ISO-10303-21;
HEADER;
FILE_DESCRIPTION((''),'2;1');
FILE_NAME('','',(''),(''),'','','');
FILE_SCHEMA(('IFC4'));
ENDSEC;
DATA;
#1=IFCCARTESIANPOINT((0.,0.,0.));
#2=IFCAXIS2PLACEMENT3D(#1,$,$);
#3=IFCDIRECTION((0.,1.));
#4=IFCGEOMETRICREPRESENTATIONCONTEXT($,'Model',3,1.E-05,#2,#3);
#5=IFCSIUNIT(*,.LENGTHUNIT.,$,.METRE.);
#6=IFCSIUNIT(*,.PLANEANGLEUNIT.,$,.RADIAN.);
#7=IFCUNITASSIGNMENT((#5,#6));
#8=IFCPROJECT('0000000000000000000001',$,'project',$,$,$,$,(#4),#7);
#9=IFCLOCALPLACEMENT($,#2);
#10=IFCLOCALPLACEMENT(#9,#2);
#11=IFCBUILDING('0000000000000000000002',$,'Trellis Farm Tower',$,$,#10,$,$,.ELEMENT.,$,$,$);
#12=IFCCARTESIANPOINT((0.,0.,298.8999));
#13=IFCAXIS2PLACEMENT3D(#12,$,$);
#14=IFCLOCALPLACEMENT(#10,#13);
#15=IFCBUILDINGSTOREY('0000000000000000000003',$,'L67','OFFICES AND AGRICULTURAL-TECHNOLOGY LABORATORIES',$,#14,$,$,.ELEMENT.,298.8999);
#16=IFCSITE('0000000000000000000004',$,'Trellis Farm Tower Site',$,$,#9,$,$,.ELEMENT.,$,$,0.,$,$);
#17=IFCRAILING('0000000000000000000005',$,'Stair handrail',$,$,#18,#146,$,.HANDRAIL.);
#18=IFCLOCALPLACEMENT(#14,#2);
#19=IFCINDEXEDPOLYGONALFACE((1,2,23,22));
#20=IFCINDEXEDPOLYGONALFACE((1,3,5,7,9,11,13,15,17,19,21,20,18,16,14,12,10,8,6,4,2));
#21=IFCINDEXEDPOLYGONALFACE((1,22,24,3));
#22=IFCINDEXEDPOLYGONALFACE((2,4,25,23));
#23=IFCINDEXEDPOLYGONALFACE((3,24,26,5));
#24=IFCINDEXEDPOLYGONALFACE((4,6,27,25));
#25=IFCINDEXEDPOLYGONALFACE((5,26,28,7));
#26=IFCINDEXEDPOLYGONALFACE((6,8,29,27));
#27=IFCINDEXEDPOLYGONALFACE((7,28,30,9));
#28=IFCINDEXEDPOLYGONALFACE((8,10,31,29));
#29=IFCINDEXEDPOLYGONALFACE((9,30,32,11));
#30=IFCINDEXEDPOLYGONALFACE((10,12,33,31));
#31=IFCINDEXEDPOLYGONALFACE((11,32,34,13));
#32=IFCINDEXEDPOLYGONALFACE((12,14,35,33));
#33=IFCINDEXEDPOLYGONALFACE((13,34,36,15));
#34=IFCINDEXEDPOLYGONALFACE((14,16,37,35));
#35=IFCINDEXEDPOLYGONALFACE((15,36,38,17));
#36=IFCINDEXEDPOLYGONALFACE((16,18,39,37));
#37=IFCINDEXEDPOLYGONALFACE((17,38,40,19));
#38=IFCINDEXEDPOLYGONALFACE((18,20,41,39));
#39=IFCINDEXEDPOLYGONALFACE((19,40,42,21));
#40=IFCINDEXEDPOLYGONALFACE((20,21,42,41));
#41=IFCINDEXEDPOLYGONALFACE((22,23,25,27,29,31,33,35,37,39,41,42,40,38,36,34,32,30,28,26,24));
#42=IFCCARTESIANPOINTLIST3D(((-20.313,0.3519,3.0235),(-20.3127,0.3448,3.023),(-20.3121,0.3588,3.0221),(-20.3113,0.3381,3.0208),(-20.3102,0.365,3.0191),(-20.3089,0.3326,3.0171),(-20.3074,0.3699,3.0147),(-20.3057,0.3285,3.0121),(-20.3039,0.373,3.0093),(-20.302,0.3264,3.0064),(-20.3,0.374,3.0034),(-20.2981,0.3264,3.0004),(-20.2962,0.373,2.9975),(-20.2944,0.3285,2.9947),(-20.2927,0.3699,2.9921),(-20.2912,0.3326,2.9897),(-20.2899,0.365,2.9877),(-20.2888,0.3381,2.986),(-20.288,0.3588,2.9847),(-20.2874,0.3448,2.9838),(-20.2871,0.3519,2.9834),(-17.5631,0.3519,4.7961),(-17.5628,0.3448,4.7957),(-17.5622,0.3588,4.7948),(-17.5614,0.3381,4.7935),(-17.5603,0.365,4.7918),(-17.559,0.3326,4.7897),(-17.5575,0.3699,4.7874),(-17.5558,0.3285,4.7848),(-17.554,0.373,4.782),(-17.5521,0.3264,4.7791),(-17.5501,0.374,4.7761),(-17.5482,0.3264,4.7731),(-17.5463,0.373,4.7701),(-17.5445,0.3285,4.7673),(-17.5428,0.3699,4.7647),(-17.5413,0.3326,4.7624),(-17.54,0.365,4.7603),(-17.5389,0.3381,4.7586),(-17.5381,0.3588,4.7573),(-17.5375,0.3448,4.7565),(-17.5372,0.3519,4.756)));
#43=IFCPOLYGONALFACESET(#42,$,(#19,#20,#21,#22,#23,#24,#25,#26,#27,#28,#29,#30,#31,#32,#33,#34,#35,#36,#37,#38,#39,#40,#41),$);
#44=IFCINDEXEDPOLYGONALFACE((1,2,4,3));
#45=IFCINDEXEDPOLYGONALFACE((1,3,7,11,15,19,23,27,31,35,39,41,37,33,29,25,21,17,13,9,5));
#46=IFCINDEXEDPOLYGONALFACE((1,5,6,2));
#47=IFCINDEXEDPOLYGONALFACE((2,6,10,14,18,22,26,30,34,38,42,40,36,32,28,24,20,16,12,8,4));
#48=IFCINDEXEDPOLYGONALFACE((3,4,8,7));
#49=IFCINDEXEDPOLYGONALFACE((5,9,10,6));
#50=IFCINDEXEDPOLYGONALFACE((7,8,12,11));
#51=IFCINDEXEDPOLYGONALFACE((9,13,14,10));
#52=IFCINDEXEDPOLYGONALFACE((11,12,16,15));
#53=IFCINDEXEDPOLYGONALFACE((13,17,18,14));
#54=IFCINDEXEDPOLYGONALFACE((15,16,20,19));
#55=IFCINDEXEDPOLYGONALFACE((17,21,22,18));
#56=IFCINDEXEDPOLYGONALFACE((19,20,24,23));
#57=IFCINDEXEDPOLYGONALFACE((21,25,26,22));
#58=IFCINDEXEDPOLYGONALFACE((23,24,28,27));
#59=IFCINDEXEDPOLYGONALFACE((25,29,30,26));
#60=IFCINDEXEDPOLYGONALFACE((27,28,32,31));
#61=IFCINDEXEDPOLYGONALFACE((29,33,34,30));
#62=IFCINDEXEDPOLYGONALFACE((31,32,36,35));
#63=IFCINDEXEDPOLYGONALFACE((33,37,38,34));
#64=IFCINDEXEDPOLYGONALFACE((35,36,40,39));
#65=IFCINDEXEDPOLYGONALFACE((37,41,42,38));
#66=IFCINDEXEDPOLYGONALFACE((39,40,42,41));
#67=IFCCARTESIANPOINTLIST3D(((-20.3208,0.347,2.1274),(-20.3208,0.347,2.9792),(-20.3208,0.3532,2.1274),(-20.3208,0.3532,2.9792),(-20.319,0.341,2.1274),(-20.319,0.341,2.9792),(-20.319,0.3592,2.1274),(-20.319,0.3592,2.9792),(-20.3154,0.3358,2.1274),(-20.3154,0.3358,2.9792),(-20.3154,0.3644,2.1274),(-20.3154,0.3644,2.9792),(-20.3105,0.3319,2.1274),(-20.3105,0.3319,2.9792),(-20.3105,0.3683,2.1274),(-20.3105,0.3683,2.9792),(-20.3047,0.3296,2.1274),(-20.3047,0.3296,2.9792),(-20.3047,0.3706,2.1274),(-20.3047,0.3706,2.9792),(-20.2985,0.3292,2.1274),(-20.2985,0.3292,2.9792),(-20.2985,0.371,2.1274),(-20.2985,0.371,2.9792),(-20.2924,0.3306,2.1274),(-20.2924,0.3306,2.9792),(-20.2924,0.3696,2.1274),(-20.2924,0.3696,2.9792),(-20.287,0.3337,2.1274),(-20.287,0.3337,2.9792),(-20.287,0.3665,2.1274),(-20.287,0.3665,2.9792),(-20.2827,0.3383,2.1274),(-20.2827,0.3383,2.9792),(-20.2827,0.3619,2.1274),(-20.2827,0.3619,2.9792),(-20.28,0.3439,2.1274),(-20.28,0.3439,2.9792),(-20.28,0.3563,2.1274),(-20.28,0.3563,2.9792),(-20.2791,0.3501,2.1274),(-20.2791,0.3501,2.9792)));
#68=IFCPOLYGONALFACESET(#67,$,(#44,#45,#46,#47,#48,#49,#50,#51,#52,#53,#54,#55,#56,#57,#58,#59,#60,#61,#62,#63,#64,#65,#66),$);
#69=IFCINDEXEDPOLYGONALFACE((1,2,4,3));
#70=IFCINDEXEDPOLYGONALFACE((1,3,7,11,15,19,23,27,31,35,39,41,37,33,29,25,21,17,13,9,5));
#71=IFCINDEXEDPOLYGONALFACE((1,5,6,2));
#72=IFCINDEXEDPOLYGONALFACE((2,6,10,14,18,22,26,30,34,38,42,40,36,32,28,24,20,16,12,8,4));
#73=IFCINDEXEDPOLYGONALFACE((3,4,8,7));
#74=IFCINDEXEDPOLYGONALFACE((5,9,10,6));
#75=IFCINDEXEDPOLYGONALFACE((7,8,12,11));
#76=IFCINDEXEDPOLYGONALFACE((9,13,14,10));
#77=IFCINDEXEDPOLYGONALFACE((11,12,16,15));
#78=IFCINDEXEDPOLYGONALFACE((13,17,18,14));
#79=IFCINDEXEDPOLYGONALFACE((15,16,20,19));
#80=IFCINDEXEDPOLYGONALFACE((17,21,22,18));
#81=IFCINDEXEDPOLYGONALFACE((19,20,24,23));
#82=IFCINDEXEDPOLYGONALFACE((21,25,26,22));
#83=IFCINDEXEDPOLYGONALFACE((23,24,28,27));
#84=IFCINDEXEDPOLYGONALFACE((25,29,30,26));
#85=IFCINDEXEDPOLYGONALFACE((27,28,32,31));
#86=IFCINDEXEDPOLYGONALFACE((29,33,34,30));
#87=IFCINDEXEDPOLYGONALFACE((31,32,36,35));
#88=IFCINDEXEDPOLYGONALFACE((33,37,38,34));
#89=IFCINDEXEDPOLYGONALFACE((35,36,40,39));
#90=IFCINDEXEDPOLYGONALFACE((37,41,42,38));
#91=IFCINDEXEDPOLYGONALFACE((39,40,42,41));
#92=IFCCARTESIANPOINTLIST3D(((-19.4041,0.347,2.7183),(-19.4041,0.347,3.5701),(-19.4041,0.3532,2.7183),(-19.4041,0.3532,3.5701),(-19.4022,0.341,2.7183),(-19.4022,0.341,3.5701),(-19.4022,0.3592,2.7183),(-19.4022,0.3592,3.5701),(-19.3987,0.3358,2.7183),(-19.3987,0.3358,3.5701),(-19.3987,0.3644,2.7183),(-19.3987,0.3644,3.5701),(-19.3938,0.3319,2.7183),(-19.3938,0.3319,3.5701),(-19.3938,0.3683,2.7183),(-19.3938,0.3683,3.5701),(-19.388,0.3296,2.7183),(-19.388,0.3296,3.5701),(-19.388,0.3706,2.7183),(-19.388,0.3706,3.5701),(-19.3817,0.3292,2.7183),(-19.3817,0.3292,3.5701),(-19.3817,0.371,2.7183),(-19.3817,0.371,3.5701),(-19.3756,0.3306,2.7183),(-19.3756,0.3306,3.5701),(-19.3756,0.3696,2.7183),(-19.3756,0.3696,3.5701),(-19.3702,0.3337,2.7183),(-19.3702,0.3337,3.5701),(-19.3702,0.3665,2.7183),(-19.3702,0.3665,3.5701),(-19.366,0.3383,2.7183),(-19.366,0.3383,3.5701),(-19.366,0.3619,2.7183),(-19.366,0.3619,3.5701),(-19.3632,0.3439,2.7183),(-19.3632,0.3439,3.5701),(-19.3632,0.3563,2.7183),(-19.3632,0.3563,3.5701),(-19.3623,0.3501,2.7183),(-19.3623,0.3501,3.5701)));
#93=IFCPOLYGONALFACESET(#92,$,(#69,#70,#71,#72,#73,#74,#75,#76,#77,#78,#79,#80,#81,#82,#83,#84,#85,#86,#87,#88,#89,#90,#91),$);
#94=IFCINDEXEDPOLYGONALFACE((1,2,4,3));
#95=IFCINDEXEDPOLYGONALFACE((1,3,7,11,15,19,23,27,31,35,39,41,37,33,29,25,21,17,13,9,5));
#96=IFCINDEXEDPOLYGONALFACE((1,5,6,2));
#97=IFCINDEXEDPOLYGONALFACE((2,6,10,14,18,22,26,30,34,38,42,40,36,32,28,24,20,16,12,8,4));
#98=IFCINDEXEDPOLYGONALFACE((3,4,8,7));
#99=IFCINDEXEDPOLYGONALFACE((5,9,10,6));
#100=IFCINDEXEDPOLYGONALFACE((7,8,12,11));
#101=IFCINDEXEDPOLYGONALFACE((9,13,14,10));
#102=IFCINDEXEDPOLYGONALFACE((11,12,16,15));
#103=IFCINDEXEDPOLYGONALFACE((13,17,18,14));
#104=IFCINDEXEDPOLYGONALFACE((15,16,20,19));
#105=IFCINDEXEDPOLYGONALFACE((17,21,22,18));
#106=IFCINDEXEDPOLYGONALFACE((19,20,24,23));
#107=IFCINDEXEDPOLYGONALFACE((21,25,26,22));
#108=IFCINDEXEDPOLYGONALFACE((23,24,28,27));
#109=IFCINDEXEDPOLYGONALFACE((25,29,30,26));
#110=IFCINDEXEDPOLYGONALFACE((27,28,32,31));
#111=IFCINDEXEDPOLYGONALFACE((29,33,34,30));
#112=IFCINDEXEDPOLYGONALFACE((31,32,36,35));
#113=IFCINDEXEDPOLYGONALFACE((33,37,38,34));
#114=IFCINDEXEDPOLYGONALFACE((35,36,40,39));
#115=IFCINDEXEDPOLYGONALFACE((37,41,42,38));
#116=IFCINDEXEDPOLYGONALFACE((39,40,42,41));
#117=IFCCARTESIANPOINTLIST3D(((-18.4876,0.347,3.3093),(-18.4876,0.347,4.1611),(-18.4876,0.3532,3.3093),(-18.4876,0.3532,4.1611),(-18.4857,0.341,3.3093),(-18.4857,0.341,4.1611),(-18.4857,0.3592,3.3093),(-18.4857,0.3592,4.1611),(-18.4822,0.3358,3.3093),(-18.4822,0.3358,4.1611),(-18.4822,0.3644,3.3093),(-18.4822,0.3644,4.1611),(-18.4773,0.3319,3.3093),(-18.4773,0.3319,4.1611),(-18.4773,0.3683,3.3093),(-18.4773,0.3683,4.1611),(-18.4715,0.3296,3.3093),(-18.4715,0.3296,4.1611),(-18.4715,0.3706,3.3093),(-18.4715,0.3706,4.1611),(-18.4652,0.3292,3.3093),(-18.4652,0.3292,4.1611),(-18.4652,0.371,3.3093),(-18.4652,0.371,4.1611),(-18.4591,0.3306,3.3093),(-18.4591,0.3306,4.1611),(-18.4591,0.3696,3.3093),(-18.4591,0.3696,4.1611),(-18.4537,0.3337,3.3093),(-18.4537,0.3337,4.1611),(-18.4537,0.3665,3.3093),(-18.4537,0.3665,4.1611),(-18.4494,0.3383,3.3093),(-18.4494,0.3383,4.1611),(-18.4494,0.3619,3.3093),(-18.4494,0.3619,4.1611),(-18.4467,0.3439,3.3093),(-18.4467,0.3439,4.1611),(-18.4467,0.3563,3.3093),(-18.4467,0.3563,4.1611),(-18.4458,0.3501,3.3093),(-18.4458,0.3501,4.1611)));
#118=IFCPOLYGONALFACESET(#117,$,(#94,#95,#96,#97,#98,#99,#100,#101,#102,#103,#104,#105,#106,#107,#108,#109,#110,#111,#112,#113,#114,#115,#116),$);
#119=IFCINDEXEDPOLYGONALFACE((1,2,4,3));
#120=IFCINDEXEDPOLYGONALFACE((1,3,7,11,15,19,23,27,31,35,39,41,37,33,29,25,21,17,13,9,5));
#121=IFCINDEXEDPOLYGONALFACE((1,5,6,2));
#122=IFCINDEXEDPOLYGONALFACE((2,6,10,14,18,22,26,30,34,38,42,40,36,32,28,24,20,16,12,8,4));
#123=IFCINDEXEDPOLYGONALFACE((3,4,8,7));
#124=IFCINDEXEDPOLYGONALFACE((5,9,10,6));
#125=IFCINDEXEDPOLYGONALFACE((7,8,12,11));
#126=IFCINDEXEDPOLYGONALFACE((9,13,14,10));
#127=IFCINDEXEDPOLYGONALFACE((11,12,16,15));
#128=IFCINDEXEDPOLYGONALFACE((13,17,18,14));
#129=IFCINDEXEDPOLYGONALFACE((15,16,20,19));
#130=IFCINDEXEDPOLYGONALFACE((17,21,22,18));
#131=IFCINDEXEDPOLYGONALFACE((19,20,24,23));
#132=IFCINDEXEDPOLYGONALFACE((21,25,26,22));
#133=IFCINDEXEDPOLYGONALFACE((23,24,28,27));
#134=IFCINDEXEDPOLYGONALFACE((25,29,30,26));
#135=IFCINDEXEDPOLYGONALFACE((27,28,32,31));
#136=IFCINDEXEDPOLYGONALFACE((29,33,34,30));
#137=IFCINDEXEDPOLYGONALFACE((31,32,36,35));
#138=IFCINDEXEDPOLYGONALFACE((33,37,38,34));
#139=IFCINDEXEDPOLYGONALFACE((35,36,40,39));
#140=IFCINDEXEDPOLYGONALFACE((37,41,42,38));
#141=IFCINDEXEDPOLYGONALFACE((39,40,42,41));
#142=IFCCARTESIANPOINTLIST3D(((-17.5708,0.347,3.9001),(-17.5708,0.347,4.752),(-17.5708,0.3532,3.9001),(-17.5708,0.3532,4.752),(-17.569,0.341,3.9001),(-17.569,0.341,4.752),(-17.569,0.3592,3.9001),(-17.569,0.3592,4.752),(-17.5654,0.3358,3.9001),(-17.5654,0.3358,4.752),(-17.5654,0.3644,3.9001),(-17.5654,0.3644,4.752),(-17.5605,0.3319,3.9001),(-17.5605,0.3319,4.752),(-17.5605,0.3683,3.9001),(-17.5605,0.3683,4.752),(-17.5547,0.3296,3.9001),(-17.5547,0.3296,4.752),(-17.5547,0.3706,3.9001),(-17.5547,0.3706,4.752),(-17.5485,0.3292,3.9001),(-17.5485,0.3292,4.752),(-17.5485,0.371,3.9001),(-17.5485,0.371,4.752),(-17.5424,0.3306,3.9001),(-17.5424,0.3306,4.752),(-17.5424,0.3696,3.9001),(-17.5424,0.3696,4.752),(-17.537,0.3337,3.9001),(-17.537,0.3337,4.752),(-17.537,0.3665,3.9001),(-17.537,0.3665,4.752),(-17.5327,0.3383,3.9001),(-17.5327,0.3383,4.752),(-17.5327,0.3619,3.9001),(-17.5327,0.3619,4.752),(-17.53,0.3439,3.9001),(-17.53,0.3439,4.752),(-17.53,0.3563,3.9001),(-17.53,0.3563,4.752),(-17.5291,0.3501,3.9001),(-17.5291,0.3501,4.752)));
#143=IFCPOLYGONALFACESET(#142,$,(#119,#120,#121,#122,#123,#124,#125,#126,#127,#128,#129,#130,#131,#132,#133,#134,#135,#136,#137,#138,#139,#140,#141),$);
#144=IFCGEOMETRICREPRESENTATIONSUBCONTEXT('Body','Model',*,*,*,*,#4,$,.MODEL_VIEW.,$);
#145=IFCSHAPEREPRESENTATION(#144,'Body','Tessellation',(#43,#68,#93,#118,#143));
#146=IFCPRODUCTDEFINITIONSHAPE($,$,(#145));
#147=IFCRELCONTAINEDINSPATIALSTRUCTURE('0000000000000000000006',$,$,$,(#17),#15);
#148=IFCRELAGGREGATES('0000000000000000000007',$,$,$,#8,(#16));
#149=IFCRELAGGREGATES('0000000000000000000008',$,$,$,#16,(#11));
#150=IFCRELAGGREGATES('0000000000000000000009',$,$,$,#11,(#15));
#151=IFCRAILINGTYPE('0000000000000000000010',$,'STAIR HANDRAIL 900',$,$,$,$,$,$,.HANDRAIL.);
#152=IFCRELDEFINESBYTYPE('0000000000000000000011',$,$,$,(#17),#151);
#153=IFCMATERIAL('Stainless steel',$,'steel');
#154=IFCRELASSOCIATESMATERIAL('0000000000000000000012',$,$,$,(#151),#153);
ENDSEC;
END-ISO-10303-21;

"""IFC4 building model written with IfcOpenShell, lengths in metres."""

from ifc_helpers import new_model, si_unit, direction, frame, origin, origin_2d, place, context, subcontext, project, spatial, circle, extrude, source, transform, mapped, material, type_object, element, save


model = new_model("IFC4")

# Units and contexts
model_context = context("Model", 3, precision=1e-05, world=origin(), true_north=direction((0.0, 1.0)))
body_context = subcontext(model_context, "Body", "Model", "MODEL_VIEW")
ifc_project = project(units=[si_unit("LENGTHUNIT", "METRE"), si_unit("PLANEANGLEUNIT", "RADIAN")], contexts=[model_context])

# Site, building, storey
site_placement = place(None, origin())
site = spatial("IfcSite", under=ifc_project, at=site_placement, Name="Trellis Farm Tower Site", CompositionType="ELEMENT", RefElevation=0.0)
building_placement = place(site_placement, origin())
building = spatial("IfcBuilding", under=site, at=building_placement, Name="Trellis Farm Tower", CompositionType="ELEMENT")
storey_placement = place(building_placement, frame((0.0, 0.0, 298.8999)))
storey = spatial("IfcBuildingStorey", under=building, at=storey_placement, Name="L67", Description="OFFICES AND AGRICULTURAL-TECHNOLOGY LABORATORIES", CompositionType="ELEMENT", Elevation=298.8999)

# Railing
ifc_material_1 = material(Name="Stainless steel", Category="steel")
railing_type = type_object("IfcRailingType", Name="STAIR HANDRAIL 900", PredefinedType="HANDRAIL", material=ifc_material_1)
shared_shape_1 = source(origin(), body_context, "Body", "SweptSolid", [
    extrude(circle(Radius=0.0239, at=origin_2d()), frame((0.0, 0.0, 0.876), z_axis=(0.840504, 0.0, 0.541806), x_axis=(0.0, 1.0, 0.0)), (0.0, 0.0, 1.0), 3.2717),
    extrude(circle(Radius=0.021, at=origin_2d()), origin(), (0.0, 0.0, 1.0), 0.8518),
    extrude(circle(Radius=0.021, at=origin_2d()), frame((0.9167, 0.0, 0.5908)), (0.0, 0.0, 1.0), 0.8518),
    extrude(circle(Radius=0.021, at=origin_2d()), frame((1.8333, 0.0, 1.1819)), (0.0, 0.0, 1.0), 0.8518),
    extrude(circle(Radius=0.021, at=origin_2d()), frame((2.75, 0.0, 1.7727)), (0.0, 0.0, 1.0), 0.8518),
])
for number, where, name in (
    (1, (-20.3, 0.3501, 2.1274), "Stair handrail"),
):
    element("IfcRailing", number, at=place(storey_placement, frame(where)), inside=storey, type_object=railing_type, Name=name, PredefinedType="HANDRAIL", context=body_context, shape_type="MappedRepresentation", body=[
        mapped(shared_shape_1, transform((0.0, 0.0, 0.0))),
    ])

save(model, "model.ifc")
